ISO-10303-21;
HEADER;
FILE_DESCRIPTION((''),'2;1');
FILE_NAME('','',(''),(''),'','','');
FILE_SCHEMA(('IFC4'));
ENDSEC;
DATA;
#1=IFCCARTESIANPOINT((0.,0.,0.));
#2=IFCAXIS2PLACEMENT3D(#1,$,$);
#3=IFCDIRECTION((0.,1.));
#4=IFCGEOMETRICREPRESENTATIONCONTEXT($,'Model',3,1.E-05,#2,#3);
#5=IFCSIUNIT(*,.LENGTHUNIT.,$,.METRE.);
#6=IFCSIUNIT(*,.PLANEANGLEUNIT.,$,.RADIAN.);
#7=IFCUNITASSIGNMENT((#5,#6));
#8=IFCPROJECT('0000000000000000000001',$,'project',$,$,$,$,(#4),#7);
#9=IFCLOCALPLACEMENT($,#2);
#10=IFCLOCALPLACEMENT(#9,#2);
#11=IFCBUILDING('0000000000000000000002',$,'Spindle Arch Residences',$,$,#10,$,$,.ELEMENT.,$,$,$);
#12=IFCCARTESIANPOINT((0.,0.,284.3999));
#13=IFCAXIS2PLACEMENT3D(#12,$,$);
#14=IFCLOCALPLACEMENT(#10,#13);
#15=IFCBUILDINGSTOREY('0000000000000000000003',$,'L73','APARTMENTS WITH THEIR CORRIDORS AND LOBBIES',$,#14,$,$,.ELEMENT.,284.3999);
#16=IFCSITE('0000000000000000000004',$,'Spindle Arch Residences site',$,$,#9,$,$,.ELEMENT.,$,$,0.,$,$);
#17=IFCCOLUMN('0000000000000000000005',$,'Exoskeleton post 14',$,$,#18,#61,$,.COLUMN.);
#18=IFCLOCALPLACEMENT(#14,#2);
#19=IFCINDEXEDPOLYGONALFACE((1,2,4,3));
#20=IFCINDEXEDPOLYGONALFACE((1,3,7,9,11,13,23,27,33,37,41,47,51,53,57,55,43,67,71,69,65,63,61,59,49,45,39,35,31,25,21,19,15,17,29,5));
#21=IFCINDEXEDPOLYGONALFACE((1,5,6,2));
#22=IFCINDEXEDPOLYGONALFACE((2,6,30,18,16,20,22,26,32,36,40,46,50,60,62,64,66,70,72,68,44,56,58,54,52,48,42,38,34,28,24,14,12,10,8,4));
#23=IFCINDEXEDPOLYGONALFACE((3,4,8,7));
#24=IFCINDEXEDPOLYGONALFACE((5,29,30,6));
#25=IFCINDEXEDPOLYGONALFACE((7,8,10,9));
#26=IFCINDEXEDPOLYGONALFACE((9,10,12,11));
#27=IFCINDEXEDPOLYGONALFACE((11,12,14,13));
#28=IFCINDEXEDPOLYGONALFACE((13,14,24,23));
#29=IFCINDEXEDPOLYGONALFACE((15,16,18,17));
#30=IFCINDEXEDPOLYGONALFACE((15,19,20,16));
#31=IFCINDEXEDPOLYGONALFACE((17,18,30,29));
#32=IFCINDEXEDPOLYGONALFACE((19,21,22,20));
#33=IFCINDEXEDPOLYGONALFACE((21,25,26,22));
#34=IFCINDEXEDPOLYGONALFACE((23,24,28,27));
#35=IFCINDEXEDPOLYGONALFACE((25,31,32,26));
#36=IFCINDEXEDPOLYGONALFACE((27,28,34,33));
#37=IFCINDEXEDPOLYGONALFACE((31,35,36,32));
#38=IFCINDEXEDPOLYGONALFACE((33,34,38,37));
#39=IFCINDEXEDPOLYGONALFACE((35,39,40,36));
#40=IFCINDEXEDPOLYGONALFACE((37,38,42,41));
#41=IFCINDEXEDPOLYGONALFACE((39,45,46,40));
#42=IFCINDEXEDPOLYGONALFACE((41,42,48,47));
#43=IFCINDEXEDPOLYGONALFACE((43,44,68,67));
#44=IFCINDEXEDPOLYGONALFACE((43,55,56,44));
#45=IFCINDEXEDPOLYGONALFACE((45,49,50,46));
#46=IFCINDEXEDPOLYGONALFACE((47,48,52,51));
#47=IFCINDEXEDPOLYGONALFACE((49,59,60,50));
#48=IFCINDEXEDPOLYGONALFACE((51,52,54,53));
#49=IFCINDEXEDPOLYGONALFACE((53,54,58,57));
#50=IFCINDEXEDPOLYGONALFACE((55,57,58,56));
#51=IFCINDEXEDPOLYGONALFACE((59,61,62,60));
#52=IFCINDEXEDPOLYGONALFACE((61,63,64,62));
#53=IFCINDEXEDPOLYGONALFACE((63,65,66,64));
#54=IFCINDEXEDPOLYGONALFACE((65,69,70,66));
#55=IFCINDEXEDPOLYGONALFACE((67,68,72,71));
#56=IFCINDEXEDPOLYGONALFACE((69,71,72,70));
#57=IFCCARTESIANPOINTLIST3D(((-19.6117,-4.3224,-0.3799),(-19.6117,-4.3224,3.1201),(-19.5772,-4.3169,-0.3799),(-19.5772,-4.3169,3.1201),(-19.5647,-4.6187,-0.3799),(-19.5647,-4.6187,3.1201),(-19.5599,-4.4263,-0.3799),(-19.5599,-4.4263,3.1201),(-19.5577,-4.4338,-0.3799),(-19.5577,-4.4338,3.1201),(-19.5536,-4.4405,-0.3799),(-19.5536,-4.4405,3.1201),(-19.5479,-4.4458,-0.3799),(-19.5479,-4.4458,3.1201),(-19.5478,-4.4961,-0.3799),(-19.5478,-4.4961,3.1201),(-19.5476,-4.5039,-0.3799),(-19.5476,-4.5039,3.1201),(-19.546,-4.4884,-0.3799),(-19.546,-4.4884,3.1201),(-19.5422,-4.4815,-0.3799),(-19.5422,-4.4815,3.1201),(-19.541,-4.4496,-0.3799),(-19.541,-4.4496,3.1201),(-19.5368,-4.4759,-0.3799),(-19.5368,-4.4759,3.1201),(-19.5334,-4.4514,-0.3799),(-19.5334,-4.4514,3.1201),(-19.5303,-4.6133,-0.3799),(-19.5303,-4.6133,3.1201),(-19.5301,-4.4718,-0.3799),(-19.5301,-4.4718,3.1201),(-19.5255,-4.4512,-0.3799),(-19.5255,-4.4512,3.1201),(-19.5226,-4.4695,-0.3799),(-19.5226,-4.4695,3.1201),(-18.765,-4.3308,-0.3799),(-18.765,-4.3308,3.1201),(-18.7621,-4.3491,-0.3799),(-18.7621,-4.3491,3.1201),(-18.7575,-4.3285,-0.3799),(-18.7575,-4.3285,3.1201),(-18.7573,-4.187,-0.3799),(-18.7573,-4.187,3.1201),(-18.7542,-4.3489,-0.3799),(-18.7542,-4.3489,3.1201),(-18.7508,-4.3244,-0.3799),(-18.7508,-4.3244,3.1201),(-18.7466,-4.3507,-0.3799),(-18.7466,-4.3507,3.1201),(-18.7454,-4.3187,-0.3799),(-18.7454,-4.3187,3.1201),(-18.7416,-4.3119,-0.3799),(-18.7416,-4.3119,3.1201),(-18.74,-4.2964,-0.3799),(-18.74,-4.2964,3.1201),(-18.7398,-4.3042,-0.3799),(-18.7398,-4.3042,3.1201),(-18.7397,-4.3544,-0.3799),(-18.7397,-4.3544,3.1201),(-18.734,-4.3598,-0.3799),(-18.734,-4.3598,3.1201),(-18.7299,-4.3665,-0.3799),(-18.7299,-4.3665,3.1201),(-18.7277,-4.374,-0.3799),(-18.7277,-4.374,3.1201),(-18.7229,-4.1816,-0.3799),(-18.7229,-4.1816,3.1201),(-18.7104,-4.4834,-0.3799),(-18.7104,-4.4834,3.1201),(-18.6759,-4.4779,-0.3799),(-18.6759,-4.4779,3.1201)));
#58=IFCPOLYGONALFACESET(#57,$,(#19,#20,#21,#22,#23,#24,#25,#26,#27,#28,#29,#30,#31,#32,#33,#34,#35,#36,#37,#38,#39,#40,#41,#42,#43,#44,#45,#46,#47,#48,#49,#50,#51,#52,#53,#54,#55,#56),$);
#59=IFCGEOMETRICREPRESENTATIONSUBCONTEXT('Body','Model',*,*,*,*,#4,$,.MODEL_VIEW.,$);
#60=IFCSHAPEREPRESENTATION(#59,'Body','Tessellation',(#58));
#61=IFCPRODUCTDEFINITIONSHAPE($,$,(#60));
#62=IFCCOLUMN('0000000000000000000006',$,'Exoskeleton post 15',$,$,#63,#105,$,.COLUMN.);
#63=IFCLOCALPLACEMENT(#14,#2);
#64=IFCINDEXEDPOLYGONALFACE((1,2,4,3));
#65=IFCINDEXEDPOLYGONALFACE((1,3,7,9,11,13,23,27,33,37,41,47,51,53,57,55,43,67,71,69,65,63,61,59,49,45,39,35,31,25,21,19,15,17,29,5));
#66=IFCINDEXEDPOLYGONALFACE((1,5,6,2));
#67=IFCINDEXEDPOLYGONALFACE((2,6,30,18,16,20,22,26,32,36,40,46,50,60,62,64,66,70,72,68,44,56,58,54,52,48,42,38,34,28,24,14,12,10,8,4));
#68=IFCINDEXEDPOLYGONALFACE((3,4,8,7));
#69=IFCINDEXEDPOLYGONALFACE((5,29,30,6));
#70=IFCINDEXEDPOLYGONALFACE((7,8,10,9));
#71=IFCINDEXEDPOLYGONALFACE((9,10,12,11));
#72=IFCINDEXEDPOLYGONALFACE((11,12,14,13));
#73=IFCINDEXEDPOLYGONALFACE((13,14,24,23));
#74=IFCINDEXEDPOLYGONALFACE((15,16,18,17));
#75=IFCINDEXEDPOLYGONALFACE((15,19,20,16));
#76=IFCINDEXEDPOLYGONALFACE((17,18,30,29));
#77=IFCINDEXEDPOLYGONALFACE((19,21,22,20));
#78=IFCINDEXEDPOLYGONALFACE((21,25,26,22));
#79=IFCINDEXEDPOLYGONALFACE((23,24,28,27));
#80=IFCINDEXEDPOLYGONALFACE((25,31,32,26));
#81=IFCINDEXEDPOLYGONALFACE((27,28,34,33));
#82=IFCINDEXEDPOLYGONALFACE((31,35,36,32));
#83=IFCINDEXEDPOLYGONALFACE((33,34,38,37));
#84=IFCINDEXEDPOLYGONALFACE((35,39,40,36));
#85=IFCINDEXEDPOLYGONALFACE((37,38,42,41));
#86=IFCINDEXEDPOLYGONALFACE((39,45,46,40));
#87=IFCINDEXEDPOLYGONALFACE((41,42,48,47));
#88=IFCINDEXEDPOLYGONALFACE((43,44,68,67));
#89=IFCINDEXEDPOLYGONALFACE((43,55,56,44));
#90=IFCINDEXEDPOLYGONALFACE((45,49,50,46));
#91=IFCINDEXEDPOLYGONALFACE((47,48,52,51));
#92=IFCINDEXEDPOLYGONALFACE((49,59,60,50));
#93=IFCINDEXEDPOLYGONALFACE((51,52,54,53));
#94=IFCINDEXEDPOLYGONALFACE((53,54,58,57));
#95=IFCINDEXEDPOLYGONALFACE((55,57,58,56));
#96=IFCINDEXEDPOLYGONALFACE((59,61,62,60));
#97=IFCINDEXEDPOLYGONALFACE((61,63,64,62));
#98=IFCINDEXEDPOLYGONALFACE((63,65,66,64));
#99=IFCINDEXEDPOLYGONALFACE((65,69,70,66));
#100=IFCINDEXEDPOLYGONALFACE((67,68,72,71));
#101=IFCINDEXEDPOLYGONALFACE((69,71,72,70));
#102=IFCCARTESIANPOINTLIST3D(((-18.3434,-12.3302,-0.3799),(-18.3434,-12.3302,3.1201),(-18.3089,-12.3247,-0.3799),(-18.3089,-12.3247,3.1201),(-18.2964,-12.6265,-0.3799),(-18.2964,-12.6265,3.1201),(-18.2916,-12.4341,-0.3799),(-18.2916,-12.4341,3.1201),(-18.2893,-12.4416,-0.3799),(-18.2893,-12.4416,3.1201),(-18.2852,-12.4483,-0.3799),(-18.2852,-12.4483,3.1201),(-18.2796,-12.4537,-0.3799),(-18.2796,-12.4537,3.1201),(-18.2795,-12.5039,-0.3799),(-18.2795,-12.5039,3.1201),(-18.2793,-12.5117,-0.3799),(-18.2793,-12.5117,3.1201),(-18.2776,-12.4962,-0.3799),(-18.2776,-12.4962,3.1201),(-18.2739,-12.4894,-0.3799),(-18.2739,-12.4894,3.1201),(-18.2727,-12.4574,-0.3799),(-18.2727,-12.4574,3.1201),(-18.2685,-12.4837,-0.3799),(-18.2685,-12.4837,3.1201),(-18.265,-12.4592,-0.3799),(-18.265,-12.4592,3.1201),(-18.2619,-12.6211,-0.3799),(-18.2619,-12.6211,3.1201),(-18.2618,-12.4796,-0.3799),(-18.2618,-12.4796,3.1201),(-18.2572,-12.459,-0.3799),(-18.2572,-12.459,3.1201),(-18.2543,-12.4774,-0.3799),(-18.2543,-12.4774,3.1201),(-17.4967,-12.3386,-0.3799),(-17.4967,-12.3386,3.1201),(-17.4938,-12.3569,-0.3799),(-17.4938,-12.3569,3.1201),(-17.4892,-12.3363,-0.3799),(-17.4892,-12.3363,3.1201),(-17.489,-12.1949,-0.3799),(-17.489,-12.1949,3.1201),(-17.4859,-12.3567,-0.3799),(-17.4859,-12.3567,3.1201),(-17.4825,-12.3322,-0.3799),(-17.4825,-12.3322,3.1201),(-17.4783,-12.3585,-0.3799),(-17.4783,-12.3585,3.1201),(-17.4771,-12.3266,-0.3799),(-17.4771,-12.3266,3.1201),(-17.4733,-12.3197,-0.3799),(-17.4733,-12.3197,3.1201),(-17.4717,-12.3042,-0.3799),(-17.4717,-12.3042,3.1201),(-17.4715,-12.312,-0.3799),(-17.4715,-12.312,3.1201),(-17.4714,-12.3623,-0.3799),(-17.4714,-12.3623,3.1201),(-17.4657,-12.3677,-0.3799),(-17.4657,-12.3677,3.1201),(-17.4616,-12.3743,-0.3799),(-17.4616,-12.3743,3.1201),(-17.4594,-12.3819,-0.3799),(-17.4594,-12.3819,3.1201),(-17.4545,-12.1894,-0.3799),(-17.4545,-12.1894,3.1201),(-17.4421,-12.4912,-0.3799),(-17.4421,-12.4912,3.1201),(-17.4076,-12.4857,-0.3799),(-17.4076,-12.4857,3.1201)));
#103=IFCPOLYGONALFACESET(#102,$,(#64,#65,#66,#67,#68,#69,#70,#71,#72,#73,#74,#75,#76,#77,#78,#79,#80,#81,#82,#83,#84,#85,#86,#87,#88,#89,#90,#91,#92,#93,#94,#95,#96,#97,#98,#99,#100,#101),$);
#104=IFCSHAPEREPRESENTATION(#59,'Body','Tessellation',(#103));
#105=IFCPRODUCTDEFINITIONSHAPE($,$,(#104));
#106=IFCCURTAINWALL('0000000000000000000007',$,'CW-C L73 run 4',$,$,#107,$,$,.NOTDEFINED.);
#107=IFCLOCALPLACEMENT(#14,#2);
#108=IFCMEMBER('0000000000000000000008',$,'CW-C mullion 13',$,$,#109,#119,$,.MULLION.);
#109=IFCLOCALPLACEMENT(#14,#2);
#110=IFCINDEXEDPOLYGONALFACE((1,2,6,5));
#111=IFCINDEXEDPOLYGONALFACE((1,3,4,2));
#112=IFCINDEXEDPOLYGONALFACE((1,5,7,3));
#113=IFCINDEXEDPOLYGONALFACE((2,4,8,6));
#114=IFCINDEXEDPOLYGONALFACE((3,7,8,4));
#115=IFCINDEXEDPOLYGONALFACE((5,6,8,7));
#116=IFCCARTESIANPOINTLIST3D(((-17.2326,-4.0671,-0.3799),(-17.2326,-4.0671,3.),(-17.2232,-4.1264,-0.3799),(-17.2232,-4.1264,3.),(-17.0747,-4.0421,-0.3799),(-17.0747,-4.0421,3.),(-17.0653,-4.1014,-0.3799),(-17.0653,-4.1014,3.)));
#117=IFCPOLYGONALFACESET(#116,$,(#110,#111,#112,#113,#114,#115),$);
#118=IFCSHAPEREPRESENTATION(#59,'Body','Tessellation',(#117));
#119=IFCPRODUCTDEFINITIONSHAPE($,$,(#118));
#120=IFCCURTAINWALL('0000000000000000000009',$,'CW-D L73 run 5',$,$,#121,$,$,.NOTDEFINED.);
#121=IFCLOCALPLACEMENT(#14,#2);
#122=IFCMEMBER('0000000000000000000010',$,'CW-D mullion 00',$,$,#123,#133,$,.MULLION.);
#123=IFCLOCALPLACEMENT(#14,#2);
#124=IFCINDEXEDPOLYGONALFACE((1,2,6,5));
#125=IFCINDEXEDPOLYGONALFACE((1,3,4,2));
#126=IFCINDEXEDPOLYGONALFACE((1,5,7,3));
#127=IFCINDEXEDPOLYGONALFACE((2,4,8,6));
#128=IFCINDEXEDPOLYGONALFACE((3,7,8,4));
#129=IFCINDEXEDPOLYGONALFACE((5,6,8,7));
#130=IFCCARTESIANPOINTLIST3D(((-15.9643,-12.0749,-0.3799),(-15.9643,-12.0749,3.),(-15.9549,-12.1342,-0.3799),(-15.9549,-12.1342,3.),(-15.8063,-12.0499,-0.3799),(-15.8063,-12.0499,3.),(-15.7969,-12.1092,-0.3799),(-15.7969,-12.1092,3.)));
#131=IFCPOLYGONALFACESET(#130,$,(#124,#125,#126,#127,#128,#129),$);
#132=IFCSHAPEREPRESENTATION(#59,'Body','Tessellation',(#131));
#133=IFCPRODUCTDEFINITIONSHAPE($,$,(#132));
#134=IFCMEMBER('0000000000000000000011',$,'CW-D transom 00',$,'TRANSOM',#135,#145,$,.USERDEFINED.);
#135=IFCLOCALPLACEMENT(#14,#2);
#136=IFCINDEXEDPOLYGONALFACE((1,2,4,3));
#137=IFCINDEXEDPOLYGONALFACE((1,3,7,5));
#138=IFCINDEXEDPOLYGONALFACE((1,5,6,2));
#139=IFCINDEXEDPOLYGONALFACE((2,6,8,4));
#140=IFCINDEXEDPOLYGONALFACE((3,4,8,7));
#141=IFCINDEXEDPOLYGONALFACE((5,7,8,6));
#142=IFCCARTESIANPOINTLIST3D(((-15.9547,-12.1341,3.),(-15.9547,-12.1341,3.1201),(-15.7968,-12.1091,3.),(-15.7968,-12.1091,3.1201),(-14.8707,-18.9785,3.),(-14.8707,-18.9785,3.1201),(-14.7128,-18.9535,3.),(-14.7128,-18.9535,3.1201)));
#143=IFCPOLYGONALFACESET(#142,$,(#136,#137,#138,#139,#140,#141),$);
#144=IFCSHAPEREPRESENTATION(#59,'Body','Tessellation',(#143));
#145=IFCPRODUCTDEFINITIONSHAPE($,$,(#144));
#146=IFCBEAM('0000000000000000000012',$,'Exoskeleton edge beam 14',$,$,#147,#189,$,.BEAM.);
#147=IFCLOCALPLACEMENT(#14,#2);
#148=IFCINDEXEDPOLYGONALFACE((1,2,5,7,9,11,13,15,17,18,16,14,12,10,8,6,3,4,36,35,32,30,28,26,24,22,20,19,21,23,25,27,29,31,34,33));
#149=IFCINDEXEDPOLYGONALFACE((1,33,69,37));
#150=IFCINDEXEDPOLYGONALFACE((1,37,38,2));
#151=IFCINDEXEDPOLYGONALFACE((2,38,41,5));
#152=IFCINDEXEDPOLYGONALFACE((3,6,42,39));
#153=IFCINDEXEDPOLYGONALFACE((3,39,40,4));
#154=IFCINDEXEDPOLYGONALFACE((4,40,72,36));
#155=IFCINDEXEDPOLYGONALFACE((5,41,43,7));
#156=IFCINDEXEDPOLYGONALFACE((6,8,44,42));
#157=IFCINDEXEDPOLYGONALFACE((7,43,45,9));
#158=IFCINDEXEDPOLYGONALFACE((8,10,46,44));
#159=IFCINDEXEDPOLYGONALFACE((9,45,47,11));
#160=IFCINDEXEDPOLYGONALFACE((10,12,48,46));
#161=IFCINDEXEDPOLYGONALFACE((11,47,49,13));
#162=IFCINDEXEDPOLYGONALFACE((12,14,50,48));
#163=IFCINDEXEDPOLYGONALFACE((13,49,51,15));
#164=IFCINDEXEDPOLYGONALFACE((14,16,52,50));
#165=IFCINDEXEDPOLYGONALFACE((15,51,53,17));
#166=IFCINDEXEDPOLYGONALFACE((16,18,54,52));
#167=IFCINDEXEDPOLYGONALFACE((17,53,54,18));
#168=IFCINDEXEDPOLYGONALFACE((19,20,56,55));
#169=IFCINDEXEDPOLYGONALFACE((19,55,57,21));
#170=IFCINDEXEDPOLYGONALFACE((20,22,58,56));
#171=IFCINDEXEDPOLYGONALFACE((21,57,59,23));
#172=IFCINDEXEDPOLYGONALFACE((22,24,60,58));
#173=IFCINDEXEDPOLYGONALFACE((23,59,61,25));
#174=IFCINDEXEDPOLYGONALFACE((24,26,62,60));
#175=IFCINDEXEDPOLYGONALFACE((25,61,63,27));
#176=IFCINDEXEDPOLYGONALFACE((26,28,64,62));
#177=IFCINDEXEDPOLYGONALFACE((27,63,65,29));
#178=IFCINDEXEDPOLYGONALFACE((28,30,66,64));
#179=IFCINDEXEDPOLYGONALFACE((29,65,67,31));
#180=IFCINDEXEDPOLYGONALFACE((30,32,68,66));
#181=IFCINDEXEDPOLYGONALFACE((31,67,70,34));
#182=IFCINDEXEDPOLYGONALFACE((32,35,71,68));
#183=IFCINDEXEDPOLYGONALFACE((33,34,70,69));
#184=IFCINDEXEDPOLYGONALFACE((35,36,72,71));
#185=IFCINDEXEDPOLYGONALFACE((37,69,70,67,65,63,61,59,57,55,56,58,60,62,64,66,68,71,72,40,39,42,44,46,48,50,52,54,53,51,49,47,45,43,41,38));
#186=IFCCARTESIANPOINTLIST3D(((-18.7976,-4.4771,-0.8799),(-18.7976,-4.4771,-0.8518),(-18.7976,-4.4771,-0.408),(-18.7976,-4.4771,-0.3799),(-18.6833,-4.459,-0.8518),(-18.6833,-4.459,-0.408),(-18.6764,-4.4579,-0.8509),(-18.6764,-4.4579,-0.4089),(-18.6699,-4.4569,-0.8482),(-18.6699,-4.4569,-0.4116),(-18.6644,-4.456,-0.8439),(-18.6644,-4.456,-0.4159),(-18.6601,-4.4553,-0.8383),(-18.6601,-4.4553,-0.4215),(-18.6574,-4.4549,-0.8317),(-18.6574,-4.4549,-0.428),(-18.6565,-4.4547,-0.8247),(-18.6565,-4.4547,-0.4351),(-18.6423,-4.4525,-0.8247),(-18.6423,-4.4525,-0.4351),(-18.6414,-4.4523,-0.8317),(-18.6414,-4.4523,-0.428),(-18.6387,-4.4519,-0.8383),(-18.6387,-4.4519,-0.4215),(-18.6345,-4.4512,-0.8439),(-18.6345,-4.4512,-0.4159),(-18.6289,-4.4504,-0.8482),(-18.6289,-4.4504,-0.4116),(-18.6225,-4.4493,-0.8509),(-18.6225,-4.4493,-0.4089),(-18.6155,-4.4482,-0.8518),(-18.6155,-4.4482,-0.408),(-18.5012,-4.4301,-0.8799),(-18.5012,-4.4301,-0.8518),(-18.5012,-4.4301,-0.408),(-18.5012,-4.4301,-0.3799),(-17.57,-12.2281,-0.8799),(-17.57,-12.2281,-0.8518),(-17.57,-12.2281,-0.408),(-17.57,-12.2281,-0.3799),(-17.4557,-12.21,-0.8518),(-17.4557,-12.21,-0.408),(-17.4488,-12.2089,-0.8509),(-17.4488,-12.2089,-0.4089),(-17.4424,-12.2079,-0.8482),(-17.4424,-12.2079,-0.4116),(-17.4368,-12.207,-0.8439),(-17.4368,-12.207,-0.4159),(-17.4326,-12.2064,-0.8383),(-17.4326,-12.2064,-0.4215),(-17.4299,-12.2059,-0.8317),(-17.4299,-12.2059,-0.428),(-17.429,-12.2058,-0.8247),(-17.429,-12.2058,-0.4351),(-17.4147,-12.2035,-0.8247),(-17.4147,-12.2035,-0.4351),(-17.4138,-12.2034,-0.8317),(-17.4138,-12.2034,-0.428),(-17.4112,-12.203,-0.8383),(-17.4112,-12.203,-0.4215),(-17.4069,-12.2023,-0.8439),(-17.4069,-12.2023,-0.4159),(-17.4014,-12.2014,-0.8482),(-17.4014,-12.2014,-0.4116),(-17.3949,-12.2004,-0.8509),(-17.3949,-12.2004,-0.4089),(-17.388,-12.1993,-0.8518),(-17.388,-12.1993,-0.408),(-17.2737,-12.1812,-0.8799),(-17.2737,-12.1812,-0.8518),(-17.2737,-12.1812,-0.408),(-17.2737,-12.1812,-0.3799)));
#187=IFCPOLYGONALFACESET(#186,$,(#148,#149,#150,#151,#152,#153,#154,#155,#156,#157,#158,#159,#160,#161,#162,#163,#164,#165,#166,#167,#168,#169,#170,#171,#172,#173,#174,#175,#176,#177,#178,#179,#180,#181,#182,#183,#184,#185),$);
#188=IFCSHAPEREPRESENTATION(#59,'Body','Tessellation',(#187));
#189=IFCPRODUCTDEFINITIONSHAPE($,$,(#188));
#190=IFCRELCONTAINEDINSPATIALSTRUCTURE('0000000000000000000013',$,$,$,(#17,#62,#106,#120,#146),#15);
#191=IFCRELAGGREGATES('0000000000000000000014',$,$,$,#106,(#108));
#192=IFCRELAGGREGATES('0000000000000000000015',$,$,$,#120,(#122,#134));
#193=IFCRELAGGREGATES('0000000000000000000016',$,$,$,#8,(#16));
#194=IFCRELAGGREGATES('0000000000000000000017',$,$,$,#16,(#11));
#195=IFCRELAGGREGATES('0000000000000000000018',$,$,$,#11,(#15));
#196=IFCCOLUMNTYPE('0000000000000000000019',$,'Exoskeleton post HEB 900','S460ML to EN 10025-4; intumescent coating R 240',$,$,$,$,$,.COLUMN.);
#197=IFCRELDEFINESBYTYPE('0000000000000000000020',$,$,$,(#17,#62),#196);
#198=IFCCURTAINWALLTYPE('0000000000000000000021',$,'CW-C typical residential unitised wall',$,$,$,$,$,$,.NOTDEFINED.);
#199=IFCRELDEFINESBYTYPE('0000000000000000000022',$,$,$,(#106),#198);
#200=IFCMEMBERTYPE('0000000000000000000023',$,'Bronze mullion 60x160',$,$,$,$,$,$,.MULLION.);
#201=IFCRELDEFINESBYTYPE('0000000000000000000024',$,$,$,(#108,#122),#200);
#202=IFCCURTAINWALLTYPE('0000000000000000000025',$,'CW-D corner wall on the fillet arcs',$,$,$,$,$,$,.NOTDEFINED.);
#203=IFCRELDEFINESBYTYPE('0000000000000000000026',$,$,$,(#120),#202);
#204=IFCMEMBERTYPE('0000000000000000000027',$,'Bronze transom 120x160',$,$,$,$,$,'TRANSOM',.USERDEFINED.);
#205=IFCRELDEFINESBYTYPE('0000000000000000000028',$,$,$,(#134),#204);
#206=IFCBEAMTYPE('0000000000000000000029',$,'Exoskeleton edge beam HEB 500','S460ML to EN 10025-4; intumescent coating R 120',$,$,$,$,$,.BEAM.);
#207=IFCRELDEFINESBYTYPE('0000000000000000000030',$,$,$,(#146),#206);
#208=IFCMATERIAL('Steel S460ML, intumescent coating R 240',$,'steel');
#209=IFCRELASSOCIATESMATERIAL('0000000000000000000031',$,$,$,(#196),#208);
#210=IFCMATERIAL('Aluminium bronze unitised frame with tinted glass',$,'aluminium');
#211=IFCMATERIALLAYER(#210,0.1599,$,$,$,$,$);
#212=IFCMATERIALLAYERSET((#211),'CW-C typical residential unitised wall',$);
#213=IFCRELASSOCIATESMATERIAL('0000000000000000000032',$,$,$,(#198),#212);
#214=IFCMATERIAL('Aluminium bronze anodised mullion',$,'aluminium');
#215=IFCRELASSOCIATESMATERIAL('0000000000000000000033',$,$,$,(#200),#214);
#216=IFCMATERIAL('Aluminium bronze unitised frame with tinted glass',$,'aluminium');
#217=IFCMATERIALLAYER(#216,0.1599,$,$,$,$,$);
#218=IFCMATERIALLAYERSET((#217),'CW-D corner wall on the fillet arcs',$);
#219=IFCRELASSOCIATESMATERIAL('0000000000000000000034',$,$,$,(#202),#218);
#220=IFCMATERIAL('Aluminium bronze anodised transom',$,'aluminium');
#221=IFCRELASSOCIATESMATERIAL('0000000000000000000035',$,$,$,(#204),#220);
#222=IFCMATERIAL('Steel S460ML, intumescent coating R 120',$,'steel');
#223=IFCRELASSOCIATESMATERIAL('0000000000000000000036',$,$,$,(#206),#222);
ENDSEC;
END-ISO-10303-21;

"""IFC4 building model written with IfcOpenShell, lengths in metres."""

from ifc_helpers import new_model, si_unit, direction, frame, origin, origin_2d, place, context, subcontext, project, spatial, rectangle, i_section, extrude, material, layer, layer_set, material_profile, profile_set, type_object, element, aggregate, save


model = new_model("IFC4")

# Units and contexts
model_context = context("Model", 3, precision=1e-05, world=origin(), true_north=direction((0.0, 1.0)))
body_context = subcontext(model_context, "Body", "Model", "MODEL_VIEW")
ifc_project = project(units=[si_unit("LENGTHUNIT", "METRE"), si_unit("PLANEANGLEUNIT", "RADIAN")], contexts=[model_context])

# Site, building, storey
site_placement = place(None, origin())
site = spatial("IfcSite", under=ifc_project, at=site_placement, Name="Spindle Arch Residences site", CompositionType="ELEMENT", RefElevation=0.0)
building_placement = place(site_placement, origin())
building = spatial("IfcBuilding", under=site, at=building_placement, Name="Spindle Arch Residences", CompositionType="ELEMENT")
storey_placement = place(building_placement, frame((0.0, 0.0, 284.3999)))
storey = spatial("IfcBuildingStorey", under=building, at=storey_placement, Name="L73", Description="APARTMENTS WITH THEIR CORRIDORS AND LOBBIES", CompositionType="ELEMENT", Elevation=284.3999)

# Columns
ifc_material_1 = material(Name="Steel S460ML, intumescent coating R 240", Category="steel")
ifc_material_profile_1 = material_profile(ifc_material_1, i_section(OverallWidth=0.3, OverallDepth=0.8999, WebThickness=0.0186, FlangeThickness=0.0349, FilletRadius=0.03, at=origin_2d()), Name="HEB 900")
ifc_profile_set_1 = profile_set([ifc_material_profile_1], Name="Steel S460ML, intumescent coating R 240")
column_type = type_object("IfcColumnType", Name="Exoskeleton post HEB 900", Description="S460ML to EN 10025-4; intumescent coating R 240", PredefinedType="COLUMN", material=ifc_profile_set_1)
for number, where, z_axis, x_axis, name in (
    (1, (-19.1438, -4.4001, -0.3799), (0.0, 0.0, 1.0), (-0.156434, 0.987688, 0.0), "Exoskeleton post 14"),
    (2, (-17.8755, -12.408, -0.3799), (0.0, 0.0, 1.0), (-0.156434, 0.987688, 0.0), "Exoskeleton post 15"),
):
    element("IfcColumn", number, at=place(storey_placement, frame(where, z_axis=z_axis, x_axis=x_axis)), inside=storey, type_object=column_type, Name=name, PredefinedType="COLUMN", context=body_context, shape_type="SweptSolid", body=[
        extrude(i_section(OverallWidth=0.3, OverallDepth=0.8999, WebThickness=0.0186, FlangeThickness=0.0349, FilletRadius=0.03, at=origin_2d()), origin(), (0.0, 0.0, 1.0), 3.5),
    ])

# Curtain wall, member
ifc_material_2 = material(Name="Aluminium bronze unitised frame with tinted glass", Category="aluminium")
ifc_layer_1 = layer(ifc_material_2, 0.1599)
ifc_layer_set_1 = layer_set([ifc_layer_1], Name="CW-C typical residential unitised wall")
curtain_wall_type_1 = type_object("IfcCurtainWallType", Name="CW-C typical residential unitised wall", PredefinedType="NOTDEFINED", material=ifc_layer_set_1)
curtain_wall_1_placement = place(storey_placement, origin())
curtain_wall_1 = element("IfcCurtainWall", 3, at=curtain_wall_1_placement, inside=storey, type_object=curtain_wall_type_1, Name="CW-C L73 run 4", PredefinedType="NOTDEFINED")
ifc_material_3 = material(Name="Aluminium bronze anodised mullion", Category="aluminium")
ifc_material_profile_2 = material_profile(ifc_material_3, rectangle(XDim=0.1599, YDim=0.0601, at=origin_2d()), Name="MU 60x160")
ifc_profile_set_2 = profile_set([ifc_material_profile_2], Name="Aluminium bronze anodised mullion")
member_type_1 = type_object("IfcMemberType", Name="Bronze mullion 60x160", PredefinedType="MULLION", material=ifc_profile_set_2)
member_1_placement = place(storey_placement, frame((-17.1489, -4.0842, -0.3799), z_axis=(0.0, 0.0, 1.0), x_axis=(0.987688, 0.156434, 0.0)))
member_1 = element("IfcMember", 4, at=member_1_placement, type_object=member_type_1, Name="CW-C mullion 13", PredefinedType="MULLION", context=body_context, shape_type="SweptSolid", body=[
    extrude(rectangle(XDim=0.1599, YDim=0.0601, at=origin_2d()), origin(), (0.0, 0.0, 1.0), 3.3799),
])

# Curtain wall, members
ifc_material_4 = material(Name="Aluminium bronze unitised frame with tinted glass", Category="aluminium")
ifc_layer_2 = layer(ifc_material_4, 0.1599)
ifc_layer_set_2 = layer_set([ifc_layer_2], Name="CW-D corner wall on the fillet arcs")
curtain_wall_type_2 = type_object("IfcCurtainWallType", Name="CW-D corner wall on the fillet arcs", PredefinedType="NOTDEFINED", material=ifc_layer_set_2)
curtain_wall_2_placement = place(storey_placement, origin())
curtain_wall_2 = element("IfcCurtainWall", 5, at=curtain_wall_2_placement, inside=storey, type_object=curtain_wall_type_2, Name="CW-D L73 run 5", PredefinedType="NOTDEFINED")
member_2_placement = place(storey_placement, frame((-15.8806, -12.092, -0.3799), z_axis=(0.0, 0.0, 1.0), x_axis=(0.987688, 0.156434, 0.0)))
member_2 = element("IfcMember", 6, at=member_2_placement, type_object=member_type_1, Name="CW-D mullion 00", PredefinedType="MULLION", context=body_context, shape_type="SweptSolid", body=[
    extrude(rectangle(XDim=0.1599, YDim=0.0601, at=origin_2d()), origin(), (0.0, 0.0, 1.0), 3.3799),
])
ifc_material_5 = material(Name="Aluminium bronze anodised transom", Category="aluminium")
ifc_material_profile_3 = material_profile(ifc_material_5, rectangle(XDim=0.1599, YDim=0.1201, at=origin_2d()), Name="TR 120x160")
ifc_profile_set_3 = profile_set([ifc_material_profile_3], Name="Aluminium bronze anodised transom")
member_type_2 = type_object("IfcMemberType", Name="Bronze transom 120x160", ElementType="TRANSOM", PredefinedType="USERDEFINED", material=ifc_profile_set_3)
member_3_placement = place(storey_placement, frame((-15.8757, -12.1216, 3.0601), z_axis=(0.156424, -0.98769, 0.0), x_axis=(0.98769, 0.156424, 0.0)))
member_3 = element("IfcMember", 7, at=member_3_placement, type_object=member_type_2, Name="CW-D transom 00", ObjectType="TRANSOM", PredefinedType="USERDEFINED", context=body_context, shape_type="SweptSolid", body=[
    extrude(rectangle(XDim=0.1599, YDim=0.1201, at=origin_2d()), origin(), (0.0, 0.0, 1.0), 6.9297),
])

# Beam
ifc_material_6 = material(Name="Steel S460ML, intumescent coating R 120", Category="steel")
ifc_material_profile_4 = material_profile(ifc_material_6, i_section(OverallWidth=0.3, OverallDepth=0.5, WebThickness=0.0144, FlangeThickness=0.0281, FilletRadius=0.0271, at=origin_2d()), Name="HEB 500")
ifc_profile_set_4 = profile_set([ifc_material_profile_4], Name="Steel S460ML, intumescent coating R 120")
beam_type_1 = type_object("IfcBeamType", Name="Exoskeleton edge beam HEB 500", Description="S460ML to EN 10025-4; intumescent coating R 120", PredefinedType="BEAM", material=ifc_profile_set_4)
beam_1_placement = place(storey_placement, frame((-18.6494, -4.4536, -0.6299), z_axis=(0.156423, -0.98769, 0.0), x_axis=(0.98769, 0.156423, 0.0)))
element("IfcBeam", 8, at=beam_1_placement, inside=storey, type_object=beam_type_1, Name="Exoskeleton edge beam 14", PredefinedType="BEAM", context=body_context, shape_type="SweptSolid", body=[
    extrude(i_section(OverallWidth=0.3, OverallDepth=0.5, WebThickness=0.0144, FlangeThickness=0.0281, FilletRadius=0.0271, at=origin_2d()), origin(), (0.0, 0.0, 1.0), 7.8477),
])

aggregate(curtain_wall_1, [member_1])
aggregate(curtain_wall_2, [member_2, member_3])

save(model, "model.ifc")
